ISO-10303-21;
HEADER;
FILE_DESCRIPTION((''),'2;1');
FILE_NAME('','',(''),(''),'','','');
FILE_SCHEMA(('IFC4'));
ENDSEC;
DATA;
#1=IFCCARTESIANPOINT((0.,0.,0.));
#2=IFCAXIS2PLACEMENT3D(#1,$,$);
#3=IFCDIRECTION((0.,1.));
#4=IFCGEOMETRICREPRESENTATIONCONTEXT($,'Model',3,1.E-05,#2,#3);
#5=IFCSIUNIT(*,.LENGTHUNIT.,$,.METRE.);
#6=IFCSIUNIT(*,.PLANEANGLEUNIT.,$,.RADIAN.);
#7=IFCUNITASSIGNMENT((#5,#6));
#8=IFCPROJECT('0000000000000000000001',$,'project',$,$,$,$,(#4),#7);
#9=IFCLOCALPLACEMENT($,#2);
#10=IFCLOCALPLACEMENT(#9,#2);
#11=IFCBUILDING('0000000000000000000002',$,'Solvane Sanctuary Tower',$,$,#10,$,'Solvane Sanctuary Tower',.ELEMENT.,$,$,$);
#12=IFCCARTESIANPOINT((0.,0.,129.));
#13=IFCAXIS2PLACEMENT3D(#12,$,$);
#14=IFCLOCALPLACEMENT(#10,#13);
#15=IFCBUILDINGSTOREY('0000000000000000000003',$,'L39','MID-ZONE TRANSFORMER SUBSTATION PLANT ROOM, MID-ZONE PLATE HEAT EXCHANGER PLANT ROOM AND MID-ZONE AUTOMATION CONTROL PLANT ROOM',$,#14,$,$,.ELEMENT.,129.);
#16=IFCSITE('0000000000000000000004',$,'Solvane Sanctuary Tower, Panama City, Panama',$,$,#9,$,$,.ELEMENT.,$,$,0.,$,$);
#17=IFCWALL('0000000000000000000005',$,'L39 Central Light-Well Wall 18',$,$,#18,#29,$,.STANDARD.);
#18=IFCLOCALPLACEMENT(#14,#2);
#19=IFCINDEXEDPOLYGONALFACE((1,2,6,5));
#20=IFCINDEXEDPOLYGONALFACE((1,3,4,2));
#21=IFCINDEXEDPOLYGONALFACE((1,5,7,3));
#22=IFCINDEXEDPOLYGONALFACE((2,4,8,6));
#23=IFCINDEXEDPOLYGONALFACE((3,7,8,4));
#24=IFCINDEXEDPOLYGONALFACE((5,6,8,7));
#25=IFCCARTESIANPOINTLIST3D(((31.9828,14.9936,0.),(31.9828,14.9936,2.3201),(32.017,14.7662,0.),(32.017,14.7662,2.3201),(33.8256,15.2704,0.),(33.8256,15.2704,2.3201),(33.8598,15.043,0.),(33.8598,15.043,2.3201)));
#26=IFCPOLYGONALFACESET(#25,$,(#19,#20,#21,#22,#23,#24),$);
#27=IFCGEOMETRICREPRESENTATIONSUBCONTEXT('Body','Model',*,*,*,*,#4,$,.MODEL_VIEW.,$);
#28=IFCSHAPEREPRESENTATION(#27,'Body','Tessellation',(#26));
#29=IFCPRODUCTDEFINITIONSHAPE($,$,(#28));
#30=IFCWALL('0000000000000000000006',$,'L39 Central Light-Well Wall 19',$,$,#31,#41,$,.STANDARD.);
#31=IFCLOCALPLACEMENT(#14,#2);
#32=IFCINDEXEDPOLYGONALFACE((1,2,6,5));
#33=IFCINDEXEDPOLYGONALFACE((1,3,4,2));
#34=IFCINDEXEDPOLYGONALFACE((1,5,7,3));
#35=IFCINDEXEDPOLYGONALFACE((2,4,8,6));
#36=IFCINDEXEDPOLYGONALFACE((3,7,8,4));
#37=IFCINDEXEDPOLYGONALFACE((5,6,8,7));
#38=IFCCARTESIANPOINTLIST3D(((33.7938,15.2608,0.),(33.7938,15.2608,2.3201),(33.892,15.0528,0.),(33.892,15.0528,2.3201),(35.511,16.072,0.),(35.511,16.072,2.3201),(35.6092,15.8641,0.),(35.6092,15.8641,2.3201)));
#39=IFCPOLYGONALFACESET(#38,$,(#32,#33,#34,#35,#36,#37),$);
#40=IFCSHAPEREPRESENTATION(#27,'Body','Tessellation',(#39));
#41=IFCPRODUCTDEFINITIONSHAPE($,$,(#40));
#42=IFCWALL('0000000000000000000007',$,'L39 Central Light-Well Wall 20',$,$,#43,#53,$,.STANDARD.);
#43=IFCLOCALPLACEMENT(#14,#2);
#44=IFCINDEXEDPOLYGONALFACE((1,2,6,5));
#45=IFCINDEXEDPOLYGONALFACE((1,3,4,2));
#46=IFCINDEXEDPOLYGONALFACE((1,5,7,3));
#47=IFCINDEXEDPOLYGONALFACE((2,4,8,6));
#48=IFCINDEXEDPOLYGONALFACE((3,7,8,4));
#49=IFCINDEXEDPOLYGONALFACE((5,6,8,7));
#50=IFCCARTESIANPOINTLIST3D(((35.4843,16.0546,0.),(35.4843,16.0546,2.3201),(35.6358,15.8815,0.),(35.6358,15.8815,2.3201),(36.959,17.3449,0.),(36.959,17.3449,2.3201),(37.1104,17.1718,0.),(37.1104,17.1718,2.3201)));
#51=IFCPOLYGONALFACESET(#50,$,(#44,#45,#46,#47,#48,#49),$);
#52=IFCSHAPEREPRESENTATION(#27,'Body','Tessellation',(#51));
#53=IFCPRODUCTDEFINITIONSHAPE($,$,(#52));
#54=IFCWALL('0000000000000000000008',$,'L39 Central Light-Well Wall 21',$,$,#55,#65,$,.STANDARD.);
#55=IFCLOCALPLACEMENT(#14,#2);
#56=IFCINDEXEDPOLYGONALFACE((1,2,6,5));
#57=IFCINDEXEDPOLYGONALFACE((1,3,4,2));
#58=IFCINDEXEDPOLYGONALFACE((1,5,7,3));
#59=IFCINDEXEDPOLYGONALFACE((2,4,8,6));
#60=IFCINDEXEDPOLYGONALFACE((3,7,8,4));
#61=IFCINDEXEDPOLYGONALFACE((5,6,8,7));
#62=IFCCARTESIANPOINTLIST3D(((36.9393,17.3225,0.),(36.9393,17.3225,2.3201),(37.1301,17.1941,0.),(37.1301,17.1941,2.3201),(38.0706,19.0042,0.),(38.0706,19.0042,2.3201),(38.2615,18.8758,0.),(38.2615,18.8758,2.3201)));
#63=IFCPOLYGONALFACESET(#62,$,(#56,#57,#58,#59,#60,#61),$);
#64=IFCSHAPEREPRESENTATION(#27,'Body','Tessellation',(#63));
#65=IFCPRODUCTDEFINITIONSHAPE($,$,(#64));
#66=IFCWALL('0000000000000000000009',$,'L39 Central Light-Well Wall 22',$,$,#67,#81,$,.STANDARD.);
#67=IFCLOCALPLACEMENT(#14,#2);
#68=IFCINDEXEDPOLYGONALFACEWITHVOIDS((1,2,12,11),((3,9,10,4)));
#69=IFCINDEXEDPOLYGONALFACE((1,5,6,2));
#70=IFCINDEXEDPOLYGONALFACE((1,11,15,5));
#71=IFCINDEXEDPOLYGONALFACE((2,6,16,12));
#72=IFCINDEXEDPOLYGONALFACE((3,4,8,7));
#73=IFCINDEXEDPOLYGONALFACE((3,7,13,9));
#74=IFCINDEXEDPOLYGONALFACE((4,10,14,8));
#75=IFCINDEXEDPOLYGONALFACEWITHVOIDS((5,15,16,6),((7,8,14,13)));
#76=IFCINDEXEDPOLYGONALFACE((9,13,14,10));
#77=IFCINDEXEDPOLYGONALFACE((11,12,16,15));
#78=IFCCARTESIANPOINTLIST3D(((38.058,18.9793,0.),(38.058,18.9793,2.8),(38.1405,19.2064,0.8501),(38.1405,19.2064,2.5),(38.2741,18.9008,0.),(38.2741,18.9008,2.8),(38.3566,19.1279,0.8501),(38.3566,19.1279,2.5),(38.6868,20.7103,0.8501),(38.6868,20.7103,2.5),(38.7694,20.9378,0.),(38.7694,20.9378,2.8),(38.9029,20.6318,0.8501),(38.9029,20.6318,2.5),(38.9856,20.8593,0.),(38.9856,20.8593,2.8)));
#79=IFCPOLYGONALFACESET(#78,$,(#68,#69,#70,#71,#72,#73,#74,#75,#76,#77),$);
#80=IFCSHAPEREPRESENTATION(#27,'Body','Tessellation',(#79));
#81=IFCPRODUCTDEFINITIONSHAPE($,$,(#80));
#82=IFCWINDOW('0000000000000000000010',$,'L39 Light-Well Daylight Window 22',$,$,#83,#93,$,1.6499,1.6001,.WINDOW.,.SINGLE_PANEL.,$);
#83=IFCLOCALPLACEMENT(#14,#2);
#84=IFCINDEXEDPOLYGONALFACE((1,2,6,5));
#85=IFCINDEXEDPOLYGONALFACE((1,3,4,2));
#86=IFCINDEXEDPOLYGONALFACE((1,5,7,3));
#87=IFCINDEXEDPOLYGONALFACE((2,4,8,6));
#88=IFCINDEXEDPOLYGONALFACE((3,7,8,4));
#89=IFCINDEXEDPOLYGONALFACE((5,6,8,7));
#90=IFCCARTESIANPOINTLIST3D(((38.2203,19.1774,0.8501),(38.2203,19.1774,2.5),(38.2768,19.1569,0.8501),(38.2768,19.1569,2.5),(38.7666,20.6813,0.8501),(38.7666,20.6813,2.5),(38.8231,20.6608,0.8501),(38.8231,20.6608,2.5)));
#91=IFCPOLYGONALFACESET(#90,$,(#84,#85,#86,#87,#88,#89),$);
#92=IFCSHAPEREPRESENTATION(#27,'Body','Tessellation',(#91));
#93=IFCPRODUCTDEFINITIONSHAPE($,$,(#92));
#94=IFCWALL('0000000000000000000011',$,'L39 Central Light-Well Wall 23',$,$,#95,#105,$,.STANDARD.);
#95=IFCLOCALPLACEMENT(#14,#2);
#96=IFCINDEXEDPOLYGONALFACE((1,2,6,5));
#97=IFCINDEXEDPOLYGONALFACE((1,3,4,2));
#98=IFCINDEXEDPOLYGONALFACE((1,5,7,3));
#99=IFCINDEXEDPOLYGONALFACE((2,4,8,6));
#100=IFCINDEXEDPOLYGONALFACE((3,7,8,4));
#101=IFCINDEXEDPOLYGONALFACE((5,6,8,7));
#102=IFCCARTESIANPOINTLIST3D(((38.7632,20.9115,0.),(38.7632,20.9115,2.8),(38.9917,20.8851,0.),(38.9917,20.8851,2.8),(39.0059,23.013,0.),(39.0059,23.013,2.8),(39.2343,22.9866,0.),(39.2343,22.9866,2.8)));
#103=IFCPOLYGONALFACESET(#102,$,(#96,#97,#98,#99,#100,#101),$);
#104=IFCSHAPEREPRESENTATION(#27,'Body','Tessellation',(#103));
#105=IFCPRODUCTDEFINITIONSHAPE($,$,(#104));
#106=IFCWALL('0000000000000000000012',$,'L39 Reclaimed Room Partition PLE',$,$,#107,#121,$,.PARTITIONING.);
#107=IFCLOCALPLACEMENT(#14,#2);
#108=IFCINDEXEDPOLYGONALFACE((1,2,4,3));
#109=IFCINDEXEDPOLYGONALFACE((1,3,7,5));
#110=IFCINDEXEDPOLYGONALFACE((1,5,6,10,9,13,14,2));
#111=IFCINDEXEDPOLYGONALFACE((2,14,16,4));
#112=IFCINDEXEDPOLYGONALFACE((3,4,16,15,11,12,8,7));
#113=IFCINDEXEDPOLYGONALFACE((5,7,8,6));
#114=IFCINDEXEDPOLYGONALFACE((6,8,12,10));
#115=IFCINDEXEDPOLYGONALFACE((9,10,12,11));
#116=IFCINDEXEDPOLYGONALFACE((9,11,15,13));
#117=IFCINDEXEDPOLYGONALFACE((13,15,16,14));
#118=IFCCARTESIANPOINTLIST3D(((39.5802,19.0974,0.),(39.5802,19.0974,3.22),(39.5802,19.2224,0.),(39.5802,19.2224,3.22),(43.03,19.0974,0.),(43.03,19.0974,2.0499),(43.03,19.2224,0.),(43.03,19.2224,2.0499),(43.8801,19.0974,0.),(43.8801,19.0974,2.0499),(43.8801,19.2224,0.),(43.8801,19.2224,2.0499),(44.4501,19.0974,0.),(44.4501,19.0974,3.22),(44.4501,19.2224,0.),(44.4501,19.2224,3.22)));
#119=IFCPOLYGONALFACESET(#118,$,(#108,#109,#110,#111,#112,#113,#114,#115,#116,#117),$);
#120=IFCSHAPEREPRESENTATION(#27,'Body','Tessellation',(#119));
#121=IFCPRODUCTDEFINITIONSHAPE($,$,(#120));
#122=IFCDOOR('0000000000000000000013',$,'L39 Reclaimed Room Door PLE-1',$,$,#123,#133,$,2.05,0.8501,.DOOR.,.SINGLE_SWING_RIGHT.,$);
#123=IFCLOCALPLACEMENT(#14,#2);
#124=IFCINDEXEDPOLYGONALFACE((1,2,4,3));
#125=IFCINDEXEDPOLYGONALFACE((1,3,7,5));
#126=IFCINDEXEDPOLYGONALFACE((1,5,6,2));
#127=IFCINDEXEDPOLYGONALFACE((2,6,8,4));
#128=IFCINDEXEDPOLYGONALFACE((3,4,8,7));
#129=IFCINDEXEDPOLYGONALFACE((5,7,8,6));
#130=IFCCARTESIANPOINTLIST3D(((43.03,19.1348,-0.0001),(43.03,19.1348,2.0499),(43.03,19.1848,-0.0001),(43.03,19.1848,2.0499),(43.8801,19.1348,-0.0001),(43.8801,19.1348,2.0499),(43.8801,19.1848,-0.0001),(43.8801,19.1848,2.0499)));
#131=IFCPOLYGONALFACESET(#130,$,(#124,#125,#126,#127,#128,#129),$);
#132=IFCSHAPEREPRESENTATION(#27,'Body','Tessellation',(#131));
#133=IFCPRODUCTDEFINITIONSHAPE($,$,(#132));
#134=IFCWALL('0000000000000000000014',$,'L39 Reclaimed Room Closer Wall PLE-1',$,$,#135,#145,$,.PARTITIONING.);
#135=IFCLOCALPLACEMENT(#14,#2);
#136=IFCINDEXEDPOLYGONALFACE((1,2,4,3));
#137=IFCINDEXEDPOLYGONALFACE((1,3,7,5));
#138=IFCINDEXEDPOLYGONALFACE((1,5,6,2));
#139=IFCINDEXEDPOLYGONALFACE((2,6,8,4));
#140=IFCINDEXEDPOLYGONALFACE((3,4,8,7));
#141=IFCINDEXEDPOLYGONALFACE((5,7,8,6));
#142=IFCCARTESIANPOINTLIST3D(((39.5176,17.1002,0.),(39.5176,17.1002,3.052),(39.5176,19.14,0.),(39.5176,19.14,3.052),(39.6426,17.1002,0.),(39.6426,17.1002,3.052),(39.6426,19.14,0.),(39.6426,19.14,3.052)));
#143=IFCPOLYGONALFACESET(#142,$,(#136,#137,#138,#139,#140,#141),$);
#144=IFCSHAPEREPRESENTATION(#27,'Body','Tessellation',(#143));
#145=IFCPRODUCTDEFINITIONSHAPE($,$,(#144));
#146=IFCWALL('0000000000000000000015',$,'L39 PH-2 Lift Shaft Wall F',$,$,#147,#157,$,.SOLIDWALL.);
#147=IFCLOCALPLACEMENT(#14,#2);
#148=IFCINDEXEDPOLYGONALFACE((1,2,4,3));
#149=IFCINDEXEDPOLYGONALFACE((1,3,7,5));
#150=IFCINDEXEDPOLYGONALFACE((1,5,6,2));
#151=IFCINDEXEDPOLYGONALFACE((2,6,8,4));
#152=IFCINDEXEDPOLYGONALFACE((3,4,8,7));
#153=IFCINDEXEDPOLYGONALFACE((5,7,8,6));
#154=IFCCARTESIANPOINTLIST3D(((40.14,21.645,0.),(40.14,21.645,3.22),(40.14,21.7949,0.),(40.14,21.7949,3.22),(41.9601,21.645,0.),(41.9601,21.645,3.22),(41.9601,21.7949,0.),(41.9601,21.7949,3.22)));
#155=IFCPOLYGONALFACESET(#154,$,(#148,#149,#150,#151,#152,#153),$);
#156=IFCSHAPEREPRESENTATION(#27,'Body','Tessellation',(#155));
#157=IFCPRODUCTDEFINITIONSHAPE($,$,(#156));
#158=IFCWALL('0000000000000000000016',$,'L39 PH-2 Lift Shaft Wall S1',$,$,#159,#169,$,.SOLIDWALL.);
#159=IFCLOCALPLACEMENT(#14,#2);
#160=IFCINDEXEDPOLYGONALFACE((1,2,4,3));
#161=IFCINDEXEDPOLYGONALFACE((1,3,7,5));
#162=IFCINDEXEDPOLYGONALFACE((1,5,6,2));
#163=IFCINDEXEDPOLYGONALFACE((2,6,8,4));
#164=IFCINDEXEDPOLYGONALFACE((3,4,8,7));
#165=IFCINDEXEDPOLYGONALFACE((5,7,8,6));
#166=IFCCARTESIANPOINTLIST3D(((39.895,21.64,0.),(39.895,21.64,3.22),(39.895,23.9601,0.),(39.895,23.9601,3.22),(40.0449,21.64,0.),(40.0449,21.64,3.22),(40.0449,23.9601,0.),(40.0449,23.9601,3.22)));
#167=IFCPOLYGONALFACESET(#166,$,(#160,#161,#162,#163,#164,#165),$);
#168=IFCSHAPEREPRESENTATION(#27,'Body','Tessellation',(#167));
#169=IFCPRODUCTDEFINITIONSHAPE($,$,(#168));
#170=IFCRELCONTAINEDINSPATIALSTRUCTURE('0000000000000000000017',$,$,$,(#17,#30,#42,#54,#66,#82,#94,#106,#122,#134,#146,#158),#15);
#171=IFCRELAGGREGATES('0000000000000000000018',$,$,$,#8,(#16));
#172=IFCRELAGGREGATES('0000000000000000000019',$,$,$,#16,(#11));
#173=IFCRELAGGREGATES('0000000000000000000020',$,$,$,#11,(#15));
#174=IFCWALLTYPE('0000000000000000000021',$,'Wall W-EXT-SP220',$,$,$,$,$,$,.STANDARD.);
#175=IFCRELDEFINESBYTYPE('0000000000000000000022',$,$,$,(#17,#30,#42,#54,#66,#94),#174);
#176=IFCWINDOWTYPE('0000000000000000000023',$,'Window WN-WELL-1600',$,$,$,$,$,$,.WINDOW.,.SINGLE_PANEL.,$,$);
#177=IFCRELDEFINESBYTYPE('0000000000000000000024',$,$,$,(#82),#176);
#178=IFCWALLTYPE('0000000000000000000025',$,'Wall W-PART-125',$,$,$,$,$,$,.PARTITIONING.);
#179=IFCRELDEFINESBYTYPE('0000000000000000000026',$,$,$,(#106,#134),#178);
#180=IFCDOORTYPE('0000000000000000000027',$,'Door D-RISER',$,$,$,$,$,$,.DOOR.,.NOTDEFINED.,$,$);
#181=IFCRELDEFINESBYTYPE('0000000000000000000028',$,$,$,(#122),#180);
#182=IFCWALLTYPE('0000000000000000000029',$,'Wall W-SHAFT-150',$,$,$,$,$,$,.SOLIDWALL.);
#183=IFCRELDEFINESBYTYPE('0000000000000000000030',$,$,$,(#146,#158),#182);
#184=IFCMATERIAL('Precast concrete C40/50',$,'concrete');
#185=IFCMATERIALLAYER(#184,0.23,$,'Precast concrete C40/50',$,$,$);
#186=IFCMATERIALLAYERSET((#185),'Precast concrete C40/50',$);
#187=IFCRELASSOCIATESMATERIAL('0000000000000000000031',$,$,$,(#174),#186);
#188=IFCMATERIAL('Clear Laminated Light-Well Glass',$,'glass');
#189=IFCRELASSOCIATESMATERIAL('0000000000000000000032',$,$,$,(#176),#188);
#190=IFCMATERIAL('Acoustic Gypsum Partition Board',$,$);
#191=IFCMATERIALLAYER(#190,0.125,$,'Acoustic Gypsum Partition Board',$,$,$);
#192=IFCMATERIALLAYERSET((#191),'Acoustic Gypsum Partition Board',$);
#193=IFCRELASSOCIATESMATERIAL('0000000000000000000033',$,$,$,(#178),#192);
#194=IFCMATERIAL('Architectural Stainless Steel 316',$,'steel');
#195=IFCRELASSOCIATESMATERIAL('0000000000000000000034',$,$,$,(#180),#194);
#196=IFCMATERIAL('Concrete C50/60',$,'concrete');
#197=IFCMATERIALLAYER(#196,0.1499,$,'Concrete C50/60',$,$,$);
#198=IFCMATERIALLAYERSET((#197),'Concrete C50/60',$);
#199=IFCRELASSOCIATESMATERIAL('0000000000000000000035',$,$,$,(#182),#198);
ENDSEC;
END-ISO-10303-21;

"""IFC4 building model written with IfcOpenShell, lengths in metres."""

from ifc_helpers import new_model, si_unit, direction, frame, frame_2d, origin, place, context, subcontext, project, spatial, rectangle, extrude, material, layer, layer_set, type_object, element, fill, save


model = new_model("IFC4")

# Units and contexts
model_context = context("Model", 3, precision=1e-05, world=origin(), true_north=direction((0.0, 1.0)))
body_context = subcontext(model_context, "Body", "Model", "MODEL_VIEW")
ifc_project = project(units=[si_unit("LENGTHUNIT", "METRE"), si_unit("PLANEANGLEUNIT", "RADIAN")], contexts=[model_context])

# Site, building, storey
site_placement = place(None, origin())
site = spatial("IfcSite", under=ifc_project, at=site_placement, Name="Solvane Sanctuary Tower, Panama City, Panama", CompositionType="ELEMENT", RefElevation=0.0)
building_placement = place(site_placement, origin())
building = spatial("IfcBuilding", under=site, at=building_placement, Name="Solvane Sanctuary Tower", LongName="Solvane Sanctuary Tower", CompositionType="ELEMENT")
storey_placement = place(building_placement, frame((0.0, 0.0, 129.0)))
storey = spatial("IfcBuildingStorey", under=building, at=storey_placement, Name="L39", Description="MID-ZONE TRANSFORMER SUBSTATION PLANT ROOM, MID-ZONE PLATE HEAT EXCHANGER PLANT ROOM AND MID-ZONE AUTOMATION CONTROL PLANT ROOM", CompositionType="ELEMENT", Elevation=129.0)

# Shared definitions
ifc_material_1 = material(Name="Concrete C50/60", Category="concrete")

# Walls
ifc_material_2 = material(Name="Precast concrete C40/50", Category="concrete")
ifc_layer_1 = layer(ifc_material_2, 0.23, Name="Precast concrete C40/50")
ifc_layer_set_1 = layer_set([ifc_layer_1], Name="Precast concrete C40/50")
wall_type_1 = type_object("IfcWallType", Name="Wall W-EXT-SP220", PredefinedType="STANDARD", material=ifc_layer_set_1)
wall_1_placement = place(storey_placement, frame((32.0, 14.8799, 0.0), z_axis=(0.0, 0.0, 1.0), x_axis=(0.988902, 0.148571, 0.0)))
element("IfcWall", 1, at=wall_1_placement, inside=storey, type_object=wall_type_1, Name="L39 Central Light-Well Wall 18", PredefinedType="STANDARD", context=body_context, shape_type="SweptSolid", body=[
    extrude(rectangle(XDim=1.8635, YDim=0.23, at=frame_2d((0.9316, 0.0))), origin(), (0.0, 0.0, 1.0), 2.3201),
])
wall_2_placement = place(storey_placement, frame((33.8428, 15.1567, 0.0), z_axis=(0.0, 0.0, 1.0), x_axis=(0.90418, 0.427152, 0.0)))
element("IfcWall", 2, at=wall_2_placement, inside=storey, type_object=wall_type_1, Name="L39 Central Light-Well Wall 19", PredefinedType="STANDARD", context=body_context, shape_type="SweptSolid", body=[
    extrude(rectangle(XDim=1.8992, YDim=0.23, at=frame_2d((0.9497, 0.0))), origin(), (0.0, 0.0, 1.0), 2.3201),
])
wall_3_placement = place(storey_placement, frame((35.5601, 15.968, 0.0), z_axis=(0.0, 0.0, 1.0), x_axis=(0.752577, 0.658505, 0.0)))
element("IfcWall", 3, at=wall_3_placement, inside=storey, type_object=wall_type_1, Name="L39 Central Light-Well Wall 20", PredefinedType="STANDARD", context=body_context, shape_type="SweptSolid", body=[
    extrude(rectangle(XDim=1.9595, YDim=0.23, at=frame_2d((0.9797, 0.0))), origin(), (0.0, 0.0, 1.0), 2.3201),
])
wall_4_placement = place(storey_placement, frame((37.0347, 17.2583, 0.0), z_axis=(0.0, 0.0, 1.0), x_axis=(0.558198, 0.829708, 0.0)))
element("IfcWall", 4, at=wall_4_placement, inside=storey, type_object=wall_type_1, Name="L39 Central Light-Well Wall 21", PredefinedType="STANDARD", context=body_context, shape_type="SweptSolid", body=[
    extrude(rectangle(XDim=2.0269, YDim=0.23, at=frame_2d((1.0134, 0.0))), origin(), (0.0, 0.0, 1.0), 2.3201),
])

# Wall, opening, window
wall_5_placement = place(storey_placement, frame((38.166, 18.9399, 0.0), z_axis=(0.0, 0.0, 1.0), x_axis=(0.341423, 0.93991, 0.0)))
wall_5 = element("IfcWall", 5, at=wall_5_placement, inside=storey, type_object=wall_type_1, Name="L39 Central Light-Well Wall 22", PredefinedType="STANDARD", context=body_context, shape_type="SweptSolid", body=[
    extrude(rectangle(XDim=2.0837, YDim=0.23, at=frame_2d((1.042, 0.0))), origin(), (0.0, 0.0, 1.0), 2.8),
])
opening_1_placement = place(wall_5_placement, frame((0.2417, 0.0, 0.8501)))
opening_1 = element("IfcOpeningElement", 6, at=opening_1_placement, cuts=wall_5, PredefinedType="OPENING", context=body_context, shape_type="SweptSolid", body=[
    extrude(rectangle(XDim=1.6001, YDim=1.6499, at=frame_2d((0.8, 0.825))), frame((0.0, 0.125, 0.0), z_axis=(0.0, -1.0, 0.0), x_axis=(1.0, 0.0, 0.0)), (0.0, 0.0, 1.0), 0.25),
])
ifc_material_3 = material(Name="Clear Laminated Light-Well Glass", Category="glass")
window_type = type_object("IfcWindowType", Name="Window WN-WELL-1600", PartitioningType="SINGLE_PANEL", PredefinedType="WINDOW", material=ifc_material_3)
window_placement = place(opening_1_placement, origin())
window = element("IfcWindow", 7, at=window_placement, inside=storey, type_object=window_type, Name="L39 Light-Well Daylight Window 22", OverallHeight=1.6499, OverallWidth=1.6001, PartitioningType="SINGLE_PANEL", PredefinedType="WINDOW", context=body_context, shape_type="SweptSolid", body=[
    extrude(rectangle(XDim=1.6001, YDim=1.6499, at=frame_2d((0.8, 0.825))), frame((0.0, 0.03, 0.0), z_axis=(0.0, -1.0, 0.0), x_axis=(1.0, 0.0, 0.0)), (0.0, 0.0, 1.0), 0.0601),
])
fill(opening_1, window)

# Wall
wall_6_placement = place(storey_placement, frame((38.8774, 20.8984, 0.0), z_axis=(0.0, 0.0, 1.0), x_axis=(0.114712, 0.993399, 0.0)))
element("IfcWall", 8, at=wall_6_placement, inside=storey, type_object=wall_type_1, Name="L39 Central Light-Well Wall 23", PredefinedType="STANDARD", context=body_context, shape_type="SweptSolid", body=[
    extrude(rectangle(XDim=2.1155, YDim=0.23, at=frame_2d((1.0576, 0.0))), origin(), (0.0, 0.0, 1.0), 2.8),
])

# Wall, opening, door
ifc_material_4 = material(Name="Acoustic Gypsum Partition Board")
ifc_layer_2 = layer(ifc_material_4, 0.125, Name="Acoustic Gypsum Partition Board")
ifc_layer_set_2 = layer_set([ifc_layer_2], Name="Acoustic Gypsum Partition Board")
wall_type_2 = type_object("IfcWallType", Name="Wall W-PART-125", PredefinedType="PARTITIONING", material=ifc_layer_set_2)
wall_7_placement = place(storey_placement, frame((39.5801, 19.1599, 0.0), z_axis=(0.0, 0.0, 1.0), x_axis=(1.0, 0.0, 0.0)))
wall_7 = element("IfcWall", 9, at=wall_7_placement, inside=storey, type_object=wall_type_2, Name="L39 Reclaimed Room Partition PLE", PredefinedType="PARTITIONING", context=body_context, shape_type="SweptSolid", body=[
    extrude(rectangle(XDim=4.8699, YDim=0.125, at=frame_2d((2.4351, 0.0))), origin(), (0.0, 0.0, 1.0), 3.22),
])
opening_2_placement = place(wall_7_placement, frame((3.45, 0.0, 0.0)))
opening_2 = element("IfcOpeningElement", 10, at=opening_2_placement, cuts=wall_7, PredefinedType="OPENING", context=body_context, shape_type="SweptSolid", body=[
    extrude(rectangle(XDim=0.8501, YDim=2.05, at=frame_2d((0.425, 1.0249))), frame((0.0, 0.0725, 0.0), z_axis=(0.0, -1.0, 0.0), x_axis=(1.0, 0.0, 0.0)), (0.0, 0.0, 1.0), 0.145),
])
ifc_material_5 = material(Name="Architectural Stainless Steel 316", Category="steel")
door_type = type_object("IfcDoorType", Name="Door D-RISER", OperationType="NOTDEFINED", PredefinedType="DOOR", material=ifc_material_5)
door_placement = place(opening_2_placement, origin())
door = element("IfcDoor", 11, at=door_placement, inside=storey, type_object=door_type, Name="L39 Reclaimed Room Door PLE-1", OperationType="SINGLE_SWING_RIGHT", OverallHeight=2.05, OverallWidth=0.8501, PredefinedType="DOOR", context=body_context, shape_type="SweptSolid", body=[
    extrude(rectangle(XDim=0.8501, YDim=2.05, at=frame_2d((0.425, 1.0249))), frame((0.0, 0.0249, 0.0), z_axis=(0.0, -1.0, 0.0), x_axis=(1.0, 0.0, 0.0)), (0.0, 0.0, 1.0), 0.05),
])
fill(opening_2, door)

# Walls
wall_8_placement = place(storey_placement, frame((39.5801, 17.1001, 0.0), z_axis=(0.0, 0.0, 1.0), x_axis=(0.0, 1.0, 0.0)))
element("IfcWall", 12, at=wall_8_placement, inside=storey, type_object=wall_type_2, Name="L39 Reclaimed Room Closer Wall PLE-1", PredefinedType="PARTITIONING", context=body_context, shape_type="SweptSolid", body=[
    extrude(rectangle(XDim=2.0398, YDim=0.125, at=frame_2d((1.02, 0.0))), origin(), (0.0, 0.0, 1.0), 3.052),
])
ifc_layer_3 = layer(ifc_material_1, 0.1499, Name="Concrete C50/60")
ifc_layer_set_3 = layer_set([ifc_layer_3], Name="Concrete C50/60")
wall_type_3 = type_object("IfcWallType", Name="Wall W-SHAFT-150", PredefinedType="SOLIDWALL", material=ifc_layer_set_3)
wall_9_placement = place(storey_placement, frame((40.1399, 21.72, 0.0), z_axis=(0.0, 0.0, 1.0), x_axis=(1.0, 0.0, 0.0)))
element("IfcWall", 13, at=wall_9_placement, inside=storey, type_object=wall_type_3, Name="L39 PH-2 Lift Shaft Wall F", PredefinedType="SOLIDWALL", context=body_context, shape_type="SweptSolid", body=[
    extrude(rectangle(XDim=1.8201, YDim=0.1499, at=frame_2d((0.9102, 0.0))), origin(), (0.0, 0.0, 1.0), 3.22),
])
wall_10_placement = place(storey_placement, frame((39.97, 21.6399, 0.0), z_axis=(0.0, 0.0, 1.0), x_axis=(0.0, 1.0, 0.0)))
element("IfcWall", 14, at=wall_10_placement, inside=storey, type_object=wall_type_3, Name="L39 PH-2 Lift Shaft Wall S1", PredefinedType="SOLIDWALL", context=body_context, shape_type="SweptSolid", body=[
    extrude(rectangle(XDim=2.3201, YDim=0.1499, at=frame_2d((1.1602, 0.0))), origin(), (0.0, 0.0, 1.0), 3.22),
])

save(model, "model.ifc")
